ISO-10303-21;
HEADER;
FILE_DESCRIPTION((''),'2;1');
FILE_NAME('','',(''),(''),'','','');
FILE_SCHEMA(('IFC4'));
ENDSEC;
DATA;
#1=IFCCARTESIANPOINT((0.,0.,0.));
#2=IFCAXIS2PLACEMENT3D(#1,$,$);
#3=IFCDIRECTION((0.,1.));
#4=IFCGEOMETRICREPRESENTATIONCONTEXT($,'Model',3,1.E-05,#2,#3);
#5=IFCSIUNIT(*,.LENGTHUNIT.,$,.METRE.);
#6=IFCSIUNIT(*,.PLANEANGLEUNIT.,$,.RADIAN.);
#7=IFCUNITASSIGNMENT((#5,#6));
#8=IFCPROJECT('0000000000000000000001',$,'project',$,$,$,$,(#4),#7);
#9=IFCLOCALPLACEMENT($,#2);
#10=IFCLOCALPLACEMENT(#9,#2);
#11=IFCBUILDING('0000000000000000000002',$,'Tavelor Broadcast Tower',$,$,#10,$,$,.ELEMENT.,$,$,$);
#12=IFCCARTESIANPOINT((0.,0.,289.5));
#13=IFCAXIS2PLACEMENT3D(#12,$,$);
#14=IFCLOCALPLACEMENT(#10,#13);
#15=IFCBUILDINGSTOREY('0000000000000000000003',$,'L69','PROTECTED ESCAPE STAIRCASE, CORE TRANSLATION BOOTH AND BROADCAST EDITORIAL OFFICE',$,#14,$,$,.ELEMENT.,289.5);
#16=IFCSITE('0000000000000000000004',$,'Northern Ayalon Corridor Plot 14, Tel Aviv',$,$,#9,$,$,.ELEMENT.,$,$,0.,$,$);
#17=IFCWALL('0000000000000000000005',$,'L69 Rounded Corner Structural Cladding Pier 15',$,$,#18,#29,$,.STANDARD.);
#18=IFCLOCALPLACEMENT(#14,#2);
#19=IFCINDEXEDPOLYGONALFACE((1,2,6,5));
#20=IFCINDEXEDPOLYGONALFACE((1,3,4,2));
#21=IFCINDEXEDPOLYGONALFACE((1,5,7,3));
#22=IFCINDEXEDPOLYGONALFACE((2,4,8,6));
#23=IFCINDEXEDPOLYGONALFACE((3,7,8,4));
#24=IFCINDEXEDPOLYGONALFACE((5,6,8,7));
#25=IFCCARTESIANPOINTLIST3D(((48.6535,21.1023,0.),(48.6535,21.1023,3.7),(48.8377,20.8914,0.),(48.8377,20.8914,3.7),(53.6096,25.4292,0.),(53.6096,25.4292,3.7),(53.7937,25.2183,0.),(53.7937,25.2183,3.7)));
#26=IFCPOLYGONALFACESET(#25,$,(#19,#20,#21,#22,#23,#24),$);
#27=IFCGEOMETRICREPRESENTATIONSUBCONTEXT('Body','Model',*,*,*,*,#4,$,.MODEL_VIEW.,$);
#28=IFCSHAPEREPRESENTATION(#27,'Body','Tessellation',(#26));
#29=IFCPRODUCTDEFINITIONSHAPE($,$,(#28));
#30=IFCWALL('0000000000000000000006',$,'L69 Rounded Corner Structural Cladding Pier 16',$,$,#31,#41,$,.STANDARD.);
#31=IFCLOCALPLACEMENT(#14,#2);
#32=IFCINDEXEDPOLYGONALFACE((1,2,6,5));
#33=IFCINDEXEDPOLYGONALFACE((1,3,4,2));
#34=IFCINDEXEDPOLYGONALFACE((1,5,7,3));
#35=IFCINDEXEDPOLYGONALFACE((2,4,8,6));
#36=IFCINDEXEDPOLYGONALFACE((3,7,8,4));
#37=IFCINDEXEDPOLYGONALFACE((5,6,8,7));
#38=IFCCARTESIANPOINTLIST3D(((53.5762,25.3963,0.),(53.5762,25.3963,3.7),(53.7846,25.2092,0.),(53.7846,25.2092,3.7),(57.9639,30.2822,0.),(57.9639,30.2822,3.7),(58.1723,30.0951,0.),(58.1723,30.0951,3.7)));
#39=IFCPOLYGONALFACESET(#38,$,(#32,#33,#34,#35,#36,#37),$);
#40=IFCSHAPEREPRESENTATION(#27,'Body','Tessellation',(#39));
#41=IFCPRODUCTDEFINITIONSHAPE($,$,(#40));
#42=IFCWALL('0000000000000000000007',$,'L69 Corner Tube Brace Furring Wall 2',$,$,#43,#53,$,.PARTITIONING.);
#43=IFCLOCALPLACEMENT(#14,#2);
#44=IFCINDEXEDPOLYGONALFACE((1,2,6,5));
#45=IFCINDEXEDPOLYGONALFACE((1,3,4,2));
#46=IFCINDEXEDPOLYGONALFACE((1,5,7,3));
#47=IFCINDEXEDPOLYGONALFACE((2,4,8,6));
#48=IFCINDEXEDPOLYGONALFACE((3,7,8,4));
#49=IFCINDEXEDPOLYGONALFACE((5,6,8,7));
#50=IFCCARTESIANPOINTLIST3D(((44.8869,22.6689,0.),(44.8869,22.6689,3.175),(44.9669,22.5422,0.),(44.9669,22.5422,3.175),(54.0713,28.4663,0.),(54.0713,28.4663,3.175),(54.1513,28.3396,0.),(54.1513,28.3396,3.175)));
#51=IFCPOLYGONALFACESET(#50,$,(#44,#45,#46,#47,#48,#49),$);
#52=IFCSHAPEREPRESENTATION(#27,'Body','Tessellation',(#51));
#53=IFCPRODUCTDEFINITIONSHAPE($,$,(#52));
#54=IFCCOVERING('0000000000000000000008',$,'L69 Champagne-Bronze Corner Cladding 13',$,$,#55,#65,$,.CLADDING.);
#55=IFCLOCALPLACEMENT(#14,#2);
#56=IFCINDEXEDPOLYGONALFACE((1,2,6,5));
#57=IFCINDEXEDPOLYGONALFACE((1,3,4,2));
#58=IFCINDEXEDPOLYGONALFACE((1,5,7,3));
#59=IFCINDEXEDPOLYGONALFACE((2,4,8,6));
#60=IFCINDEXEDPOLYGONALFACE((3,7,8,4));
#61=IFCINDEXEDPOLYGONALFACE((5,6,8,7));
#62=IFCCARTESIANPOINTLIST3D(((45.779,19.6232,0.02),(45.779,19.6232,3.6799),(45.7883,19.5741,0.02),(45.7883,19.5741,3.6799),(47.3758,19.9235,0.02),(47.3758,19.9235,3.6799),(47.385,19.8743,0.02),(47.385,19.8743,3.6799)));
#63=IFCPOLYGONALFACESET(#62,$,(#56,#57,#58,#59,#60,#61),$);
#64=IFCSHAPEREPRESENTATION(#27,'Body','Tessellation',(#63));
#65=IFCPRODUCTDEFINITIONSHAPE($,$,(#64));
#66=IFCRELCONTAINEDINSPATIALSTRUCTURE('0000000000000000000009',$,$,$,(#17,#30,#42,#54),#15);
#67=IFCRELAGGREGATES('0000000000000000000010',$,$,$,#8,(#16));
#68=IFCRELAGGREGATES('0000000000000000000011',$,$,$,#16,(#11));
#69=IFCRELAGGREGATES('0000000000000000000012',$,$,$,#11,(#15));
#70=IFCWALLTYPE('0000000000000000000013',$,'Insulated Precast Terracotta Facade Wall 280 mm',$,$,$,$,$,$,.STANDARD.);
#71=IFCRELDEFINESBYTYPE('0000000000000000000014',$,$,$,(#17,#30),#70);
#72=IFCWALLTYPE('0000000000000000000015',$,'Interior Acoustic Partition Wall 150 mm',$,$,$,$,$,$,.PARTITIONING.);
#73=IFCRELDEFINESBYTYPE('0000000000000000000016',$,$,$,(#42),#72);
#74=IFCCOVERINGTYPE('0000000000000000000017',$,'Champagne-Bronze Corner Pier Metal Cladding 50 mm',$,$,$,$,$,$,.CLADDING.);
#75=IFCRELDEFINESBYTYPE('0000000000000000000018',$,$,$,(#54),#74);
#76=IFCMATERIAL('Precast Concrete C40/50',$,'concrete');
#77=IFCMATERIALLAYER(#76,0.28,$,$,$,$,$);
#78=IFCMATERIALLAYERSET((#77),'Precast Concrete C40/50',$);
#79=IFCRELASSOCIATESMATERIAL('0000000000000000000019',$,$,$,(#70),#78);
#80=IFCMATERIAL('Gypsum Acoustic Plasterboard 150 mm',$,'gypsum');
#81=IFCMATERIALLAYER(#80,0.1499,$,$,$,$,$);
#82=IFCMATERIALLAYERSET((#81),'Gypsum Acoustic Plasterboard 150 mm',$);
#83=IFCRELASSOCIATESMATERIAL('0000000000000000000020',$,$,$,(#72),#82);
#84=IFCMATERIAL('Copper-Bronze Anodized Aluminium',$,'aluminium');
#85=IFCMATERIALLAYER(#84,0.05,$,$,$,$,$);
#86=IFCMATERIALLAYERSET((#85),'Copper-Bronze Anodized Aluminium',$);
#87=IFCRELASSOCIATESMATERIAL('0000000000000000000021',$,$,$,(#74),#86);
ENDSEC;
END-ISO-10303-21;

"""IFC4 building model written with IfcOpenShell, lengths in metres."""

from ifc_helpers import new_model, si_unit, direction, frame, frame_2d, origin, origin_2d, place, context, subcontext, project, spatial, rectangle, extrude, material, layer, layer_set, type_object, element, save


model = new_model("IFC4")

# Units and contexts
model_context = context("Model", 3, precision=1e-05, world=origin(), true_north=direction((0.0, 1.0)))
body_context = subcontext(model_context, "Body", "Model", "MODEL_VIEW")
ifc_project = project(units=[si_unit("LENGTHUNIT", "METRE"), si_unit("PLANEANGLEUNIT", "RADIAN")], contexts=[model_context])

# Site, building, storey
site_placement = place(None, origin())
site = spatial("IfcSite", under=ifc_project, at=site_placement, Name="Northern Ayalon Corridor Plot 14, Tel Aviv", CompositionType="ELEMENT", RefElevation=0.0)
building_placement = place(site_placement, origin())
building = spatial("IfcBuilding", under=site, at=building_placement, Name="Tavelor Broadcast Tower", CompositionType="ELEMENT")
storey_placement = place(building_placement, frame((0.0, 0.0, 289.5)))
storey = spatial("IfcBuildingStorey", under=building, at=storey_placement, Name="L69", Description="PROTECTED ESCAPE STAIRCASE, CORE TRANSLATION BOOTH AND BROADCAST EDITORIAL OFFICE", CompositionType="ELEMENT", Elevation=289.5)

# Walls
ifc_material_1 = material(Name="Precast Concrete C40/50", Category="concrete")
ifc_layer_1 = layer(ifc_material_1, 0.28)
ifc_layer_set_1 = layer_set([ifc_layer_1], Name="Precast Concrete C40/50")
wall_type_1 = type_object("IfcWallType", Name="Insulated Precast Terracotta Facade Wall 280 mm", PredefinedType="STANDARD", material=ifc_layer_set_1)
wall_1_placement = place(storey_placement, frame((48.7456, 20.9968, 0.0), z_axis=(0.0, 0.0, 1.0), x_axis=(0.753303, 0.657674, 0.0)))
element("IfcWall", 1, at=wall_1_placement, inside=storey, type_object=wall_type_1, Name="L69 Rounded Corner Structural Cladding Pier 15", PredefinedType="STANDARD", context=body_context, shape_type="SweptSolid", body=[
    extrude(rectangle(XDim=6.5791, YDim=0.28, at=frame_2d((3.2896, 0.0))), origin(), (0.0, 0.0, 1.0), 3.7),
])
wall_2_placement = place(storey_placement, frame((53.6804, 25.3027, 0.0), z_axis=(0.0, 0.0, 1.0), x_axis=(0.668149, 0.744028, 0.0)))
element("IfcWall", 2, at=wall_2_placement, inside=storey, type_object=wall_type_1, Name="L69 Rounded Corner Structural Cladding Pier 16", PredefinedType="STANDARD", context=body_context, shape_type="SweptSolid", body=[
    extrude(rectangle(XDim=6.5669, YDim=0.28, at=frame_2d((3.2834, 0.0))), origin(), (0.0, 0.0, 1.0), 3.7),
])
ifc_material_2 = material(Name="Gypsum Acoustic Plasterboard 150 mm", Category="gypsum")
ifc_layer_2 = layer(ifc_material_2, 0.1499)
ifc_layer_set_2 = layer_set([ifc_layer_2], Name="Gypsum Acoustic Plasterboard 150 mm")
wall_type_2 = type_object("IfcWallType", Name="Interior Acoustic Partition Wall 150 mm", PredefinedType="PARTITIONING", material=ifc_layer_set_2)
wall_3_placement = place(storey_placement, frame((44.9268, 22.6055, 0.0), z_axis=(0.0, 0.0, 1.0), x_axis=(0.845625, 0.533778, 0.0)))
element("IfcWall", 3, at=wall_3_placement, inside=storey, type_object=wall_type_2, Name="L69 Corner Tube Brace Furring Wall 2", PredefinedType="PARTITIONING", context=body_context, shape_type="SweptSolid", body=[
    extrude(rectangle(XDim=10.8611, YDim=0.1499, at=frame_2d((5.4307, 0.0))), origin(), (0.0, 0.0, 1.0), 3.175),
])

# Covering
ifc_material_3 = material(Name="Copper-Bronze Anodized Aluminium", Category="aluminium")
ifc_layer_3 = layer(ifc_material_3, 0.05)
ifc_layer_set_3 = layer_set([ifc_layer_3], Name="Copper-Bronze Anodized Aluminium")
covering_type = type_object("IfcCoveringType", Name="Champagne-Bronze Corner Pier Metal Cladding 50 mm", PredefinedType="CLADDING", material=ifc_layer_set_3)
covering_placement = place(storey_placement, frame((46.582, 19.7488, 0.02), z_axis=(0.0, 0.0, 1.0), x_axis=(0.982774, 0.184809, 0.0)))
element("IfcCovering", 4, at=covering_placement, inside=storey, type_object=covering_type, Name="L69 Champagne-Bronze Corner Cladding 13", PredefinedType="CLADDING", context=body_context, shape_type="SweptSolid", body=[
    extrude(rectangle(XDim=1.6248, YDim=0.05, at=origin_2d()), origin(), (0.0, 0.0, 1.0), 3.6599),
])

save(model, "model.ifc")
